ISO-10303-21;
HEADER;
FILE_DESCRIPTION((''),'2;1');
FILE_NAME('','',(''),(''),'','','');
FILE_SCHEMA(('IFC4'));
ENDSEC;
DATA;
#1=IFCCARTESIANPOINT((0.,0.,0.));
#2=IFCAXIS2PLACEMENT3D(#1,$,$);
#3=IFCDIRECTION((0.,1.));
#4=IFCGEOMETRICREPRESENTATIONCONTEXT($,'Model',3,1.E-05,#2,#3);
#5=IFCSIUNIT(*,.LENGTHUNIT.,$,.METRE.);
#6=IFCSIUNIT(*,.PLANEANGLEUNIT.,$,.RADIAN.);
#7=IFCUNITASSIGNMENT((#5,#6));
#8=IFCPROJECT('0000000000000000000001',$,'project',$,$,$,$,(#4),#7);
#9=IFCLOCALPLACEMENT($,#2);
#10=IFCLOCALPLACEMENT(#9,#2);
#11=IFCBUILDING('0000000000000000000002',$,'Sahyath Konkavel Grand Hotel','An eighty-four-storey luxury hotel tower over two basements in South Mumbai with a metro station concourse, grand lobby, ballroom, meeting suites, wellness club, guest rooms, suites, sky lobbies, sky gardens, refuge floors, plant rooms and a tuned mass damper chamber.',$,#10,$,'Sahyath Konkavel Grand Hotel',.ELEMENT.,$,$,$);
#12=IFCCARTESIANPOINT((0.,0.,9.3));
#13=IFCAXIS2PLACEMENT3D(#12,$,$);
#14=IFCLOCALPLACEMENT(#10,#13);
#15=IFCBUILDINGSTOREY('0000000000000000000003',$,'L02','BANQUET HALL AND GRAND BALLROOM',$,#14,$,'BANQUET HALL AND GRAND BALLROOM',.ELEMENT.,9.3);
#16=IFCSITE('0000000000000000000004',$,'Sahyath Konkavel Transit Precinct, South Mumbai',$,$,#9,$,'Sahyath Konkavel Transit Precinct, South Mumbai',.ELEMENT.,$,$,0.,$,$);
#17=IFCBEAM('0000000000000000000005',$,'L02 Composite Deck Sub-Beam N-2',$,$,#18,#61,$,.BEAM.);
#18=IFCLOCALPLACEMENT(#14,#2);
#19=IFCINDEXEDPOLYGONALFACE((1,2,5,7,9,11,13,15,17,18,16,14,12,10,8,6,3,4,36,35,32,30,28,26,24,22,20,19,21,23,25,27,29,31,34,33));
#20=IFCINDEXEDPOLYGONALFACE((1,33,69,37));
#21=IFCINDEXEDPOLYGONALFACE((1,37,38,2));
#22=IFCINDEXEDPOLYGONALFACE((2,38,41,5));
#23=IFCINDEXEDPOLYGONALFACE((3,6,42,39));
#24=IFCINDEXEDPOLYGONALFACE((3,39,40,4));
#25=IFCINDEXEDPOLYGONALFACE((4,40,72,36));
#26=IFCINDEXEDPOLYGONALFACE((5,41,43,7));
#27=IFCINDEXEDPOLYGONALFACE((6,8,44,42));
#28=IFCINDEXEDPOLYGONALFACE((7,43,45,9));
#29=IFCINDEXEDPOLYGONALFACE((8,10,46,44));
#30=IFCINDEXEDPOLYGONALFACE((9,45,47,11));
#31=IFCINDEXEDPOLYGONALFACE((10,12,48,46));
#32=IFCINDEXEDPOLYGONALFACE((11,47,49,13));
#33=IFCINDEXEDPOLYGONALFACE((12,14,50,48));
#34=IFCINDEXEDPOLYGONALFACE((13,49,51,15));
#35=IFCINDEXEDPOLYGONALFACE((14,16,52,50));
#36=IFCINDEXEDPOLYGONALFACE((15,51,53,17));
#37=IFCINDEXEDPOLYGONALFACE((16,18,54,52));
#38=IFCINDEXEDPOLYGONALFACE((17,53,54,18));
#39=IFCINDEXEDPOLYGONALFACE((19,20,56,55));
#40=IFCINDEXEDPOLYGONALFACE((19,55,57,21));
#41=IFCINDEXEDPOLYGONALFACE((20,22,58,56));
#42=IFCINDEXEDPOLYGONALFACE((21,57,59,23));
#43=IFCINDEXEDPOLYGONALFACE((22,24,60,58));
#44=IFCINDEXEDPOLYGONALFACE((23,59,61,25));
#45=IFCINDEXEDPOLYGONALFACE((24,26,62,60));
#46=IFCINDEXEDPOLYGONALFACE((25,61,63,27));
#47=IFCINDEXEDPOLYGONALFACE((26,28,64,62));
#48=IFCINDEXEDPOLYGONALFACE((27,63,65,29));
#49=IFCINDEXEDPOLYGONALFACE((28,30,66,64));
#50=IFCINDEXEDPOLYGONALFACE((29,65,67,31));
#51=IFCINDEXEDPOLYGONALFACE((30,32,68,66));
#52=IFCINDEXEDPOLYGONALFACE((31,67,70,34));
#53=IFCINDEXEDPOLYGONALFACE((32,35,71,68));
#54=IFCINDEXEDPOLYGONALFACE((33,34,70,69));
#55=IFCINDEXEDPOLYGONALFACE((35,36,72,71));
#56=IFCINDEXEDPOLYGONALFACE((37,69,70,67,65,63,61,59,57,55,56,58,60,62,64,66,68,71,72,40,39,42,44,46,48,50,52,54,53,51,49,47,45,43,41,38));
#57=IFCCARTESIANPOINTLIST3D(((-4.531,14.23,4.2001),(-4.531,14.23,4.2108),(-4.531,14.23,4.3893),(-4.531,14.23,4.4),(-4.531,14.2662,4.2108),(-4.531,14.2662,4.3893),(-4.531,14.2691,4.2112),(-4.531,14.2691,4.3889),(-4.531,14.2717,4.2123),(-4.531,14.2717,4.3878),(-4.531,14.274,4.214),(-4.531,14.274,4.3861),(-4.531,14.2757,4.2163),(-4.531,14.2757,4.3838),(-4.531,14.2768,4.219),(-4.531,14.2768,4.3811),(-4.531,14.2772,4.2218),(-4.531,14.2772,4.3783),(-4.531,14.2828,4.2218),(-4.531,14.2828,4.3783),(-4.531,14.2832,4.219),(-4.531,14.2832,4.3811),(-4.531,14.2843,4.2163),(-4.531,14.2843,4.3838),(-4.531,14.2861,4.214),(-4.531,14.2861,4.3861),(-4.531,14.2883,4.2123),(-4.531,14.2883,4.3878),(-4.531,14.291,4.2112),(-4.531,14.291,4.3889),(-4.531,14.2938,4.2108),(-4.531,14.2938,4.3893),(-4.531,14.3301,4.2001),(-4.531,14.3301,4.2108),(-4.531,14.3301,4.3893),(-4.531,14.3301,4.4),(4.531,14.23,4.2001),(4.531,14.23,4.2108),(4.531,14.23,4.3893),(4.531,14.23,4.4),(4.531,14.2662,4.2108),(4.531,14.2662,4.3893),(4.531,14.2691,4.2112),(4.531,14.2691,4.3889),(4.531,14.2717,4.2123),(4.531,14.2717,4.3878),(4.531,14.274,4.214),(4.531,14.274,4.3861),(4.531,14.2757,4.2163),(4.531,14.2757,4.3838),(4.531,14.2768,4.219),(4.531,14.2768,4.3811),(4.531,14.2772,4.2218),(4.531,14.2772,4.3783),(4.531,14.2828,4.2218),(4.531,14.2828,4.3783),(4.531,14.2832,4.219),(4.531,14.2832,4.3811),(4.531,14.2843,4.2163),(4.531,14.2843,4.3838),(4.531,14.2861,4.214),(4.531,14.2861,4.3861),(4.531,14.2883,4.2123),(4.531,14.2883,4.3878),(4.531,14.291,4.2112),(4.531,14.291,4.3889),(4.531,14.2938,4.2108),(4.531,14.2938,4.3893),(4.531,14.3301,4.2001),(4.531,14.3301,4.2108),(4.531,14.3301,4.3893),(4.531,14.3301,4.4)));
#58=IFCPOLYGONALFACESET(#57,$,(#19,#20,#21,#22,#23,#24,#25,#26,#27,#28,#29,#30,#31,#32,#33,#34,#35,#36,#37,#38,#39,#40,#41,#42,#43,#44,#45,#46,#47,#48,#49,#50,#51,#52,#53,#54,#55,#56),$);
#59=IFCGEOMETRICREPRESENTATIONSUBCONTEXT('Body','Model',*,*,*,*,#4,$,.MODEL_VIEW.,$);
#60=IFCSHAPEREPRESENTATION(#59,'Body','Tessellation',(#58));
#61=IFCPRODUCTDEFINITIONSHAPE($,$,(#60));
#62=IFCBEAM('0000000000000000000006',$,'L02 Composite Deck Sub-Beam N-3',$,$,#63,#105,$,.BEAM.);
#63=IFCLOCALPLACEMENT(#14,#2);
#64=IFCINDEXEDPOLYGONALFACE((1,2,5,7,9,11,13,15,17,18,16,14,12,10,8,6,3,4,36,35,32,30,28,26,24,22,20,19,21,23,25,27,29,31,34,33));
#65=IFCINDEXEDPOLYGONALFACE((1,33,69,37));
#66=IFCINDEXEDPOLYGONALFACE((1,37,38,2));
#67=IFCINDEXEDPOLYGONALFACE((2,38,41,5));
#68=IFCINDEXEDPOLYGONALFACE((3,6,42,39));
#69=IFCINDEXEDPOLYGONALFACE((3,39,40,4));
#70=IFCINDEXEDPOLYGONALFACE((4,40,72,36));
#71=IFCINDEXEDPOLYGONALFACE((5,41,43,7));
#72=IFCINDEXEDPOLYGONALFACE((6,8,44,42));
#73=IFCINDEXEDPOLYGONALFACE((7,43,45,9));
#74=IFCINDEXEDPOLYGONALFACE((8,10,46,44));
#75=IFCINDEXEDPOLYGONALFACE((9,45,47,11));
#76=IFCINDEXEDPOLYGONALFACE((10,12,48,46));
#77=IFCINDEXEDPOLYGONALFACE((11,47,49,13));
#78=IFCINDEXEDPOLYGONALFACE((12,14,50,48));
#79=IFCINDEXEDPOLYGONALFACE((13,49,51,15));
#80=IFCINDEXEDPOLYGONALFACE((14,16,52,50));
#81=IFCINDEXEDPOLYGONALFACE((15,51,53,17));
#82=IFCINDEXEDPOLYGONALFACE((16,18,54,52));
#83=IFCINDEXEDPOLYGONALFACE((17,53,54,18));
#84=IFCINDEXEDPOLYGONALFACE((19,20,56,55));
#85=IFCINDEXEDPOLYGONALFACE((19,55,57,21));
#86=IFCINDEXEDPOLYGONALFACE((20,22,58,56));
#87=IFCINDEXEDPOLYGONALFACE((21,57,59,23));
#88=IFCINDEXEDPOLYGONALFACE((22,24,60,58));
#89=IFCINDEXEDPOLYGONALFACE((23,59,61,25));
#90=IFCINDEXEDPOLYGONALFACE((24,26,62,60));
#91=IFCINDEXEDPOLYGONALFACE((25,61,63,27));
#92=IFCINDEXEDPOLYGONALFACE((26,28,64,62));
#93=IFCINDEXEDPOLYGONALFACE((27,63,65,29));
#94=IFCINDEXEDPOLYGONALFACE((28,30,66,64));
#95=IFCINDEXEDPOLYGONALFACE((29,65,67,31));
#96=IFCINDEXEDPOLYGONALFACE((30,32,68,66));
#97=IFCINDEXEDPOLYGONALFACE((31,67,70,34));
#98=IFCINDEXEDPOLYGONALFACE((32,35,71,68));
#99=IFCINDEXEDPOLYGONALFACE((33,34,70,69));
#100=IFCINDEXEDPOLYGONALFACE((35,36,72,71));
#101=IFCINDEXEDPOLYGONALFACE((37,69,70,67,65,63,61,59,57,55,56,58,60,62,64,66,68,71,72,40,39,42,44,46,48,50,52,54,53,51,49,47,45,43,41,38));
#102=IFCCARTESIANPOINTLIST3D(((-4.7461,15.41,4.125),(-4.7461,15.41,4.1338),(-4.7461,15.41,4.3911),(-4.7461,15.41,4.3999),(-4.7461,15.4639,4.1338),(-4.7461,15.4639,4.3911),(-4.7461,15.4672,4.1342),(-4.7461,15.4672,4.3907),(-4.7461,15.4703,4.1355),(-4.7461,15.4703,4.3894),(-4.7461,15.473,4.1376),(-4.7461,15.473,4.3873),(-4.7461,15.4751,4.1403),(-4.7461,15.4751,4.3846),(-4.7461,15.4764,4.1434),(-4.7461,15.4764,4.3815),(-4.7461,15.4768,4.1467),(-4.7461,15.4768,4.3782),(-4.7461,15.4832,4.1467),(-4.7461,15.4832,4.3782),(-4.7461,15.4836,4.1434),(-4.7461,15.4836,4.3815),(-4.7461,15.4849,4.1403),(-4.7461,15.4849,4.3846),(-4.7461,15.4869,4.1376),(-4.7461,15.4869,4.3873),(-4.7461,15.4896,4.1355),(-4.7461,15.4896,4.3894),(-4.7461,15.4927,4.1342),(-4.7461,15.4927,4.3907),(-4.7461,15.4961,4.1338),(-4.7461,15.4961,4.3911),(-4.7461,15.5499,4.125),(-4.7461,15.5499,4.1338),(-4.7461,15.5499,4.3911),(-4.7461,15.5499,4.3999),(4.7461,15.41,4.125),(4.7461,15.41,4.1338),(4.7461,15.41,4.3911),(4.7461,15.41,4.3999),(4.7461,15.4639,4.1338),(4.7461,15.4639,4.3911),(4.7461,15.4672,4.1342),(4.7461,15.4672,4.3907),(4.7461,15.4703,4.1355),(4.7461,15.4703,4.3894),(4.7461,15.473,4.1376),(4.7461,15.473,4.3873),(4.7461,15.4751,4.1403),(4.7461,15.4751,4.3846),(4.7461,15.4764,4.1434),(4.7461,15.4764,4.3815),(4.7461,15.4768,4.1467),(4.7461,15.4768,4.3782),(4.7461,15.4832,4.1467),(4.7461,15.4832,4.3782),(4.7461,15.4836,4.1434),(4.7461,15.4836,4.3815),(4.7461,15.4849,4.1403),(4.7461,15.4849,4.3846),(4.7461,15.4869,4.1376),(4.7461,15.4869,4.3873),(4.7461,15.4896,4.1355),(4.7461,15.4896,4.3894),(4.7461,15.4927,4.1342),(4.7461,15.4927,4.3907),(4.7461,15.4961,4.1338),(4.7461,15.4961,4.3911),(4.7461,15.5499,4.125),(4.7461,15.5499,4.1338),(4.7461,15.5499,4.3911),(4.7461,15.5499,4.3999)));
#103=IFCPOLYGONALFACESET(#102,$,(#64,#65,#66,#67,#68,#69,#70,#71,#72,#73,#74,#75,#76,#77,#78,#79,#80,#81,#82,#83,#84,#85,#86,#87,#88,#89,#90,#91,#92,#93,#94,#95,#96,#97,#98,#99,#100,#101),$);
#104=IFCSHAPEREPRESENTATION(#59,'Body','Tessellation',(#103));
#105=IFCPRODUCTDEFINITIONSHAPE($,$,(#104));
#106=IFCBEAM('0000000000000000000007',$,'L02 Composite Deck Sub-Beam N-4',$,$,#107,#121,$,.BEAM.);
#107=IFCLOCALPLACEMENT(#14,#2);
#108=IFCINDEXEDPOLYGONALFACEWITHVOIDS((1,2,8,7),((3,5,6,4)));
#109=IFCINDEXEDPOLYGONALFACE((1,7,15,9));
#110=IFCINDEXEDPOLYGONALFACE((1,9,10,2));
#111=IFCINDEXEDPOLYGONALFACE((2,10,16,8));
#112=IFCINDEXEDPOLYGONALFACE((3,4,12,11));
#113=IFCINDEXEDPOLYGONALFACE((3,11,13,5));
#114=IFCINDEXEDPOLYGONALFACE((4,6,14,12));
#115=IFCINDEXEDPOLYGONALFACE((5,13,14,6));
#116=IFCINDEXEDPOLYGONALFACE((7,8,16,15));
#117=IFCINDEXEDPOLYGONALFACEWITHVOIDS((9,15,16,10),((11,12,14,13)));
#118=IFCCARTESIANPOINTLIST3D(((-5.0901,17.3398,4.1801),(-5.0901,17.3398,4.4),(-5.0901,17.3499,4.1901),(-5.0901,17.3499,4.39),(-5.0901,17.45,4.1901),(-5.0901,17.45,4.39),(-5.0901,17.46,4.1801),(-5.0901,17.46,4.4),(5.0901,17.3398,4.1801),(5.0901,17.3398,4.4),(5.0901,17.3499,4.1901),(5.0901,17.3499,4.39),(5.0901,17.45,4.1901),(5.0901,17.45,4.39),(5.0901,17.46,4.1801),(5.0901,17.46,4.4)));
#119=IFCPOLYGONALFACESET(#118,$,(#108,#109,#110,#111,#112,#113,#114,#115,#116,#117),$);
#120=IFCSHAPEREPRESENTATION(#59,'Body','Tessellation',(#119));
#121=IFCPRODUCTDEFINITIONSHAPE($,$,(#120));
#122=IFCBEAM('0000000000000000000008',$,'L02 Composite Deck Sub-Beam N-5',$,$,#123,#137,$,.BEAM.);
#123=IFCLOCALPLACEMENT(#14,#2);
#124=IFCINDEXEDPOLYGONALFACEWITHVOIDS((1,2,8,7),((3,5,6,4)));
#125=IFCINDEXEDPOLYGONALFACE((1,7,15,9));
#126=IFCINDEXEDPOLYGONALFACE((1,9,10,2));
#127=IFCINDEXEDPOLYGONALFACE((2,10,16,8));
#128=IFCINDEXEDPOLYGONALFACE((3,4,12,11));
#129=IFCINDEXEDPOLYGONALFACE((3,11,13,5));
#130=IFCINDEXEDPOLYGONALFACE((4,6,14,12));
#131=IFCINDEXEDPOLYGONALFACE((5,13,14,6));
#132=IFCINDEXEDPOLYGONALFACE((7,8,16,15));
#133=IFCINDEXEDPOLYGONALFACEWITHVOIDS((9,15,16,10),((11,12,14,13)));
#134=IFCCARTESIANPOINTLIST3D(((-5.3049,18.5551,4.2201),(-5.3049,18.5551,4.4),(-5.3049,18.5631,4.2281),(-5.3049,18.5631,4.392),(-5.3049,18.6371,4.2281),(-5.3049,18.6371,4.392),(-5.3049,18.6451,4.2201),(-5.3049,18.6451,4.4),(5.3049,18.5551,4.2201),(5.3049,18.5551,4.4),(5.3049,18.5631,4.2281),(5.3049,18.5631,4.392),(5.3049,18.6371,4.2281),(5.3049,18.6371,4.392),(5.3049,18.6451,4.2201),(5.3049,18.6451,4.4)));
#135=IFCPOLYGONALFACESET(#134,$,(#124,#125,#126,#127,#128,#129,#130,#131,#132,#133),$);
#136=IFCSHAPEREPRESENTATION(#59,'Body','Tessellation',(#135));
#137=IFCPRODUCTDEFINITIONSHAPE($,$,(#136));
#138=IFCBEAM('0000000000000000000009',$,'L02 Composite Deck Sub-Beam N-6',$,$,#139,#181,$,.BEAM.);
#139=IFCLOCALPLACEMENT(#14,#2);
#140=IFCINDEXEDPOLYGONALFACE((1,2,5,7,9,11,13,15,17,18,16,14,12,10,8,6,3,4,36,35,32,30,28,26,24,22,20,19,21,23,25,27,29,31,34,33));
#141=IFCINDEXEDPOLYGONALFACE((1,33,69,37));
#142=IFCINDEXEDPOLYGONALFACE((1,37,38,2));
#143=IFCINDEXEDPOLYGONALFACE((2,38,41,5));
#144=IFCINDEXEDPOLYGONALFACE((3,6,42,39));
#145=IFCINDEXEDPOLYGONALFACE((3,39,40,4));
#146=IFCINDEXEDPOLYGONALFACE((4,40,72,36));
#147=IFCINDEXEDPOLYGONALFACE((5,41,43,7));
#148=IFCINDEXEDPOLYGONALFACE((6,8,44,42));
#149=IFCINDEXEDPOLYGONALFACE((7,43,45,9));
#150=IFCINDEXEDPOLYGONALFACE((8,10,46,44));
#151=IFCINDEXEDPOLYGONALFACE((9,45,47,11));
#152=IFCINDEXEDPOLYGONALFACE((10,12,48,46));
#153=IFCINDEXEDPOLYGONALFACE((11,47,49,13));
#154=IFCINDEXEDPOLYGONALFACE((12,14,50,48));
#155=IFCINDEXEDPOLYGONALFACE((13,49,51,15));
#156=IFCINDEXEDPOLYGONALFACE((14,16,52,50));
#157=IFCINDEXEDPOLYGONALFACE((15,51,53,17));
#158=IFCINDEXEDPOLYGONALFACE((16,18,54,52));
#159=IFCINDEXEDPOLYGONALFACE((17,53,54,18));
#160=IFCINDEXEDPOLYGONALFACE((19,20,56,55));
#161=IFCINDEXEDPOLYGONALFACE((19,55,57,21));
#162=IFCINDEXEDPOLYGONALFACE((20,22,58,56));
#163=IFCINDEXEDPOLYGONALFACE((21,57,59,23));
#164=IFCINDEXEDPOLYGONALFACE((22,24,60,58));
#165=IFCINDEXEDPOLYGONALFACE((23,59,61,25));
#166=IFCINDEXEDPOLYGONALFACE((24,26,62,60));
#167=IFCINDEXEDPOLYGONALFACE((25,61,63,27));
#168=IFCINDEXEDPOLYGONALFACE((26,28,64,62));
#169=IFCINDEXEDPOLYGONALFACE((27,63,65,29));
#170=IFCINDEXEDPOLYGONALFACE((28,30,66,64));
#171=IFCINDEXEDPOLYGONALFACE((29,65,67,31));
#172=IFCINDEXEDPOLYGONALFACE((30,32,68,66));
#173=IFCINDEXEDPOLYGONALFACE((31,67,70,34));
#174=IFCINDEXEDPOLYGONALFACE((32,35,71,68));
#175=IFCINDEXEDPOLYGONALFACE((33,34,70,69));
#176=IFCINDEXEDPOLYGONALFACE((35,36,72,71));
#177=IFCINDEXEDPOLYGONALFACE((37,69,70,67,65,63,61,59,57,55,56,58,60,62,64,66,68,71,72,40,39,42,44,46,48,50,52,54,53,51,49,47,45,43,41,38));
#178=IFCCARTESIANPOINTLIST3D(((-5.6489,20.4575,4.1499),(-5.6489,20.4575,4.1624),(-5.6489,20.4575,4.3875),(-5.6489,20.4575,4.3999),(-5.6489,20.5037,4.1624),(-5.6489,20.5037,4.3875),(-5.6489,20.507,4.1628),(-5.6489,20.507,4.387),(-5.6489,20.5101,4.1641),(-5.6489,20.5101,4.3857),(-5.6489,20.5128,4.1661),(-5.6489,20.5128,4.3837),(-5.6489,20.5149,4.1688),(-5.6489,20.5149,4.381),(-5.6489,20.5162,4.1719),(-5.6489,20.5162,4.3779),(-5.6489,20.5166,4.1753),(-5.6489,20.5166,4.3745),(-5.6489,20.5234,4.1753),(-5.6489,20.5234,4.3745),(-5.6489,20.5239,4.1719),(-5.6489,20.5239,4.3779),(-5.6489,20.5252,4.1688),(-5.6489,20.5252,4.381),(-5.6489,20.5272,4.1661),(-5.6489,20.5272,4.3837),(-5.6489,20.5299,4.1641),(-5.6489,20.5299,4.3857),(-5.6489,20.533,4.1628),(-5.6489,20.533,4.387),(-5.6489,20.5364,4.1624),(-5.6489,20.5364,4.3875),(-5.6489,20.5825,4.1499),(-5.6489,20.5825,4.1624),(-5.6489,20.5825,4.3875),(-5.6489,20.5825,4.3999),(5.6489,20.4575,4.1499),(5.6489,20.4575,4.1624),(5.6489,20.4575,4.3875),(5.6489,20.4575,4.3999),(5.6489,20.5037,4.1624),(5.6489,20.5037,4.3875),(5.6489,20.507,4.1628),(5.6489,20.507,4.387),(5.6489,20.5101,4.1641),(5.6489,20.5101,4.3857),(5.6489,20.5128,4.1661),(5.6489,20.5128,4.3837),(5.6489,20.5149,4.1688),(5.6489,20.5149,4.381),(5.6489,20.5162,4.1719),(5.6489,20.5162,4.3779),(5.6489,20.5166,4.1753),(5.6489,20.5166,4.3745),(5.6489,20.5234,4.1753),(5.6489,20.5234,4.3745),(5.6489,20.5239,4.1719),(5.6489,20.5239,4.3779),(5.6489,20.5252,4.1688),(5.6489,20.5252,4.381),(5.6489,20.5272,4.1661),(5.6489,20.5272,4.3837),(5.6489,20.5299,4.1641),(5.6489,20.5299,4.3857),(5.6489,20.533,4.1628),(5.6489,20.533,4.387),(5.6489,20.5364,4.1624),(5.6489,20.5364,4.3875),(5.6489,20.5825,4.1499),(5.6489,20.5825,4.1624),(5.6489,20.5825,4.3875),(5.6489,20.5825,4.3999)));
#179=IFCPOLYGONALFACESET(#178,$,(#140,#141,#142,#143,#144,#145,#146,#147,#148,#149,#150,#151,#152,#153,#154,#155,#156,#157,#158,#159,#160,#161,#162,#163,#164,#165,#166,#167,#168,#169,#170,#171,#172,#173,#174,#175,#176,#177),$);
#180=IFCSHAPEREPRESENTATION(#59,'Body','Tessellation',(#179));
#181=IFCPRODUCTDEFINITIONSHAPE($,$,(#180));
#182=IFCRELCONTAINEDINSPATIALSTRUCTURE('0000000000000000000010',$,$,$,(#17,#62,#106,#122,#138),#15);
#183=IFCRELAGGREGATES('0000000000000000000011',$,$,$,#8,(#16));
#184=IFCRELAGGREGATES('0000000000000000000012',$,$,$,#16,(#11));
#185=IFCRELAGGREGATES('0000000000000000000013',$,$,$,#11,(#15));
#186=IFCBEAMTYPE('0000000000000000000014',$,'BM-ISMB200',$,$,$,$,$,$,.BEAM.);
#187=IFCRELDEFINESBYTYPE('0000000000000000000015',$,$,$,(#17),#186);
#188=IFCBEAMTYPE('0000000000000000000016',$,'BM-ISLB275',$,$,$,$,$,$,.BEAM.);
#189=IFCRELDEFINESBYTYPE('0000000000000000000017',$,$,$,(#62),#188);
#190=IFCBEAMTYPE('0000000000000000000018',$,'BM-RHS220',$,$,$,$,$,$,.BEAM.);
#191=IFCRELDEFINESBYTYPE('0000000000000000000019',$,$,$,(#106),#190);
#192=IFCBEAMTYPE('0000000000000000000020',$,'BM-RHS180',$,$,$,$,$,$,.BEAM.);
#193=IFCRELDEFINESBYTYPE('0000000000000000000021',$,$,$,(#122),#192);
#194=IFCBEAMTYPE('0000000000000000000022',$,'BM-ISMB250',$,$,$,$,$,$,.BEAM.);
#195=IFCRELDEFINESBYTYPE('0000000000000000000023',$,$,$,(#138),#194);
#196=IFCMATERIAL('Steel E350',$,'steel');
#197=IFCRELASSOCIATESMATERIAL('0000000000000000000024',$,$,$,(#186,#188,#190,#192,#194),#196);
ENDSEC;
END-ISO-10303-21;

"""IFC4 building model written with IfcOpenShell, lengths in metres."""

from ifc_helpers import new_model, si_unit, direction, frame, origin, origin_2d, place, context, subcontext, project, spatial, hollow_rectangle, i_section, extrude, source, transform, mapped, material, material_profile, profile_set, type_object, element, save


model = new_model("IFC4")

# Units and contexts
model_context = context("Model", 3, precision=1e-05, world=origin(), true_north=direction((0.0, 1.0)))
body_context = subcontext(model_context, "Body", "Model", "MODEL_VIEW")
ifc_project = project(units=[si_unit("LENGTHUNIT", "METRE"), si_unit("PLANEANGLEUNIT", "RADIAN")], contexts=[model_context])

# Site, building, storey
site_placement = place(None, origin())
site = spatial("IfcSite", under=ifc_project, at=site_placement, Name="Sahyath Konkavel Transit Precinct, South Mumbai", LongName="Sahyath Konkavel Transit Precinct, South Mumbai", CompositionType="ELEMENT", RefElevation=0.0)
building_placement = place(site_placement, origin())
building = spatial("IfcBuilding", under=site, at=building_placement, Name="Sahyath Konkavel Grand Hotel", Description="An eighty-four-storey luxury hotel tower over two basements in South Mumbai with a metro station concourse, grand lobby, ballroom, meeting suites, wellness club, guest rooms, suites, sky lobbies, sky gardens, refuge floors, plant rooms and a tuned mass damper chamber.", LongName="Sahyath Konkavel Grand Hotel", CompositionType="ELEMENT")
storey_placement = place(building_placement, frame((0.0, 0.0, 9.3)))
storey = spatial("IfcBuildingStorey", under=building, at=storey_placement, Name="L02", Description="BANQUET HALL AND GRAND BALLROOM", LongName="BANQUET HALL AND GRAND BALLROOM", CompositionType="ELEMENT", Elevation=9.3)

# Beams
ifc_material_1 = material(Name="Steel E350", Category="steel")
ifc_material_profile_1 = material_profile(ifc_material_1, i_section(OverallWidth=0.1001, OverallDepth=0.2, WebThickness=0.0056, FlangeThickness=0.0107, FilletRadius=0.011, at=origin_2d()), Name="ISMB 200")
ifc_profile_set_1 = profile_set([ifc_material_profile_1], Name="Steel E350")
beam_type_1 = type_object("IfcBeamType", Name="BM-ISMB200", PredefinedType="BEAM", material=ifc_profile_set_1)
shared_shape_1 = source(origin(), body_context, "Body", "SweptSolid", [
    extrude(i_section(OverallWidth=0.1001, OverallDepth=0.2, WebThickness=0.0056, FlangeThickness=0.0107, FilletRadius=0.011, at=origin_2d()), origin(), (0.0, 0.0, 1.0), 9.062),
])
beam_1_placement = place(storey_placement, frame((4.531, 14.28, 4.3), z_axis=(-1.0, 0.0, 0.0), x_axis=(0.0, -1.0, 0.0)))
element("IfcBeam", 1, at=beam_1_placement, inside=storey, type_object=beam_type_1, Name="L02 Composite Deck Sub-Beam N-2", PredefinedType="BEAM", context=body_context, shape_type="MappedRepresentation", body=[
    mapped(shared_shape_1, transform((0.0, 0.0, 0.0), scale=1.0)),
])
ifc_material_profile_2 = material_profile(ifc_material_1, i_section(OverallWidth=0.1399, OverallDepth=0.2749, WebThickness=0.0063, FlangeThickness=0.0088, FilletRadius=0.0129, at=origin_2d()), Name="ISLB 275")
ifc_profile_set_2 = profile_set([ifc_material_profile_2], Name="Steel E350")
beam_type_2 = type_object("IfcBeamType", Name="BM-ISLB275", PredefinedType="BEAM", material=ifc_profile_set_2)
shared_shape_2 = source(origin(), body_context, "Body", "SweptSolid", [
    extrude(i_section(OverallWidth=0.1399, OverallDepth=0.2749, WebThickness=0.0063, FlangeThickness=0.0088, FilletRadius=0.0129, at=origin_2d()), origin(), (0.0, 0.0, 1.0), 9.4922),
])
beam_2_placement = place(storey_placement, frame((4.7461, 15.48, 4.2625), z_axis=(-1.0, 0.0, 0.0), x_axis=(0.0, -1.0, 0.0)))
element("IfcBeam", 2, at=beam_2_placement, inside=storey, type_object=beam_type_2, Name="L02 Composite Deck Sub-Beam N-3", PredefinedType="BEAM", context=body_context, shape_type="MappedRepresentation", body=[
    mapped(shared_shape_2, transform((0.0, 0.0, 0.0), scale=1.0)),
])
ifc_material_profile_3 = material_profile(ifc_material_1, hollow_rectangle(XDim=0.1201, YDim=0.22, WallThickness=0.01, at=origin_2d()), Name="RHS 220x120x10")
ifc_profile_set_3 = profile_set([ifc_material_profile_3], Name="Steel E350")
beam_type_3 = type_object("IfcBeamType", Name="BM-RHS220", PredefinedType="BEAM", material=ifc_profile_set_3)
shared_shape_3 = source(origin(), body_context, "Body", "SweptSolid", [
    extrude(hollow_rectangle(XDim=0.1201, YDim=0.22, WallThickness=0.01, at=origin_2d()), origin(), (0.0, 0.0, 1.0), 10.1802),
])
beam_3_placement = place(storey_placement, frame((5.0901, 17.3999, 4.29), z_axis=(-1.0, 0.0, 0.0), x_axis=(0.0, -1.0, 0.0)))
element("IfcBeam", 3, at=beam_3_placement, inside=storey, type_object=beam_type_3, Name="L02 Composite Deck Sub-Beam N-4", PredefinedType="BEAM", context=body_context, shape_type="MappedRepresentation", body=[
    mapped(shared_shape_3, transform((0.0, 0.0, 0.0), scale=1.0)),
])
ifc_material_profile_4 = material_profile(ifc_material_1, hollow_rectangle(XDim=0.0901, YDim=0.1799, WallThickness=0.0081, at=origin_2d()), Name="RHS 180x90x8")
ifc_profile_set_4 = profile_set([ifc_material_profile_4], Name="Steel E350")
beam_type_4 = type_object("IfcBeamType", Name="BM-RHS180", PredefinedType="BEAM", material=ifc_profile_set_4)
shared_shape_4 = source(origin(), body_context, "Body", "SweptSolid", [
    extrude(hollow_rectangle(XDim=0.0901, YDim=0.1799, WallThickness=0.0081, at=origin_2d()), origin(), (0.0, 0.0, 1.0), 10.6099),
])
beam_4_placement = place(storey_placement, frame((5.3049, 18.6001, 4.3101), z_axis=(-1.0, 0.0, 0.0), x_axis=(0.0, -1.0, 0.0)))
element("IfcBeam", 4, at=beam_4_placement, inside=storey, type_object=beam_type_4, Name="L02 Composite Deck Sub-Beam N-5", PredefinedType="BEAM", context=body_context, shape_type="MappedRepresentation", body=[
    mapped(shared_shape_4, transform((0.0, 0.0, 0.0), scale=1.0)),
])
ifc_material_profile_5 = material_profile(ifc_material_1, i_section(OverallWidth=0.125, OverallDepth=0.25, WebThickness=0.0068, FlangeThickness=0.0125, FilletRadius=0.0129, at=origin_2d()), Name="ISMB 250")
ifc_profile_set_5 = profile_set([ifc_material_profile_5], Name="Steel E350")
beam_type_5 = type_object("IfcBeamType", Name="BM-ISMB250", PredefinedType="BEAM", material=ifc_profile_set_5)
shared_shape_5 = source(origin(), body_context, "Body", "SweptSolid", [
    extrude(i_section(OverallWidth=0.125, OverallDepth=0.25, WebThickness=0.0068, FlangeThickness=0.0125, FilletRadius=0.0129, at=origin_2d()), origin(), (0.0, 0.0, 1.0), 11.2979),
])
beam_5_placement = place(storey_placement, frame((5.6489, 20.52, 4.2749), z_axis=(-1.0, 0.0, 0.0), x_axis=(0.0, -1.0, 0.0)))
element("IfcBeam", 5, at=beam_5_placement, inside=storey, type_object=beam_type_5, Name="L02 Composite Deck Sub-Beam N-6", PredefinedType="BEAM", context=body_context, shape_type="MappedRepresentation", body=[
    mapped(shared_shape_5, transform((0.0, 0.0, 0.0), scale=1.0)),
])

save(model, "model.ifc")
